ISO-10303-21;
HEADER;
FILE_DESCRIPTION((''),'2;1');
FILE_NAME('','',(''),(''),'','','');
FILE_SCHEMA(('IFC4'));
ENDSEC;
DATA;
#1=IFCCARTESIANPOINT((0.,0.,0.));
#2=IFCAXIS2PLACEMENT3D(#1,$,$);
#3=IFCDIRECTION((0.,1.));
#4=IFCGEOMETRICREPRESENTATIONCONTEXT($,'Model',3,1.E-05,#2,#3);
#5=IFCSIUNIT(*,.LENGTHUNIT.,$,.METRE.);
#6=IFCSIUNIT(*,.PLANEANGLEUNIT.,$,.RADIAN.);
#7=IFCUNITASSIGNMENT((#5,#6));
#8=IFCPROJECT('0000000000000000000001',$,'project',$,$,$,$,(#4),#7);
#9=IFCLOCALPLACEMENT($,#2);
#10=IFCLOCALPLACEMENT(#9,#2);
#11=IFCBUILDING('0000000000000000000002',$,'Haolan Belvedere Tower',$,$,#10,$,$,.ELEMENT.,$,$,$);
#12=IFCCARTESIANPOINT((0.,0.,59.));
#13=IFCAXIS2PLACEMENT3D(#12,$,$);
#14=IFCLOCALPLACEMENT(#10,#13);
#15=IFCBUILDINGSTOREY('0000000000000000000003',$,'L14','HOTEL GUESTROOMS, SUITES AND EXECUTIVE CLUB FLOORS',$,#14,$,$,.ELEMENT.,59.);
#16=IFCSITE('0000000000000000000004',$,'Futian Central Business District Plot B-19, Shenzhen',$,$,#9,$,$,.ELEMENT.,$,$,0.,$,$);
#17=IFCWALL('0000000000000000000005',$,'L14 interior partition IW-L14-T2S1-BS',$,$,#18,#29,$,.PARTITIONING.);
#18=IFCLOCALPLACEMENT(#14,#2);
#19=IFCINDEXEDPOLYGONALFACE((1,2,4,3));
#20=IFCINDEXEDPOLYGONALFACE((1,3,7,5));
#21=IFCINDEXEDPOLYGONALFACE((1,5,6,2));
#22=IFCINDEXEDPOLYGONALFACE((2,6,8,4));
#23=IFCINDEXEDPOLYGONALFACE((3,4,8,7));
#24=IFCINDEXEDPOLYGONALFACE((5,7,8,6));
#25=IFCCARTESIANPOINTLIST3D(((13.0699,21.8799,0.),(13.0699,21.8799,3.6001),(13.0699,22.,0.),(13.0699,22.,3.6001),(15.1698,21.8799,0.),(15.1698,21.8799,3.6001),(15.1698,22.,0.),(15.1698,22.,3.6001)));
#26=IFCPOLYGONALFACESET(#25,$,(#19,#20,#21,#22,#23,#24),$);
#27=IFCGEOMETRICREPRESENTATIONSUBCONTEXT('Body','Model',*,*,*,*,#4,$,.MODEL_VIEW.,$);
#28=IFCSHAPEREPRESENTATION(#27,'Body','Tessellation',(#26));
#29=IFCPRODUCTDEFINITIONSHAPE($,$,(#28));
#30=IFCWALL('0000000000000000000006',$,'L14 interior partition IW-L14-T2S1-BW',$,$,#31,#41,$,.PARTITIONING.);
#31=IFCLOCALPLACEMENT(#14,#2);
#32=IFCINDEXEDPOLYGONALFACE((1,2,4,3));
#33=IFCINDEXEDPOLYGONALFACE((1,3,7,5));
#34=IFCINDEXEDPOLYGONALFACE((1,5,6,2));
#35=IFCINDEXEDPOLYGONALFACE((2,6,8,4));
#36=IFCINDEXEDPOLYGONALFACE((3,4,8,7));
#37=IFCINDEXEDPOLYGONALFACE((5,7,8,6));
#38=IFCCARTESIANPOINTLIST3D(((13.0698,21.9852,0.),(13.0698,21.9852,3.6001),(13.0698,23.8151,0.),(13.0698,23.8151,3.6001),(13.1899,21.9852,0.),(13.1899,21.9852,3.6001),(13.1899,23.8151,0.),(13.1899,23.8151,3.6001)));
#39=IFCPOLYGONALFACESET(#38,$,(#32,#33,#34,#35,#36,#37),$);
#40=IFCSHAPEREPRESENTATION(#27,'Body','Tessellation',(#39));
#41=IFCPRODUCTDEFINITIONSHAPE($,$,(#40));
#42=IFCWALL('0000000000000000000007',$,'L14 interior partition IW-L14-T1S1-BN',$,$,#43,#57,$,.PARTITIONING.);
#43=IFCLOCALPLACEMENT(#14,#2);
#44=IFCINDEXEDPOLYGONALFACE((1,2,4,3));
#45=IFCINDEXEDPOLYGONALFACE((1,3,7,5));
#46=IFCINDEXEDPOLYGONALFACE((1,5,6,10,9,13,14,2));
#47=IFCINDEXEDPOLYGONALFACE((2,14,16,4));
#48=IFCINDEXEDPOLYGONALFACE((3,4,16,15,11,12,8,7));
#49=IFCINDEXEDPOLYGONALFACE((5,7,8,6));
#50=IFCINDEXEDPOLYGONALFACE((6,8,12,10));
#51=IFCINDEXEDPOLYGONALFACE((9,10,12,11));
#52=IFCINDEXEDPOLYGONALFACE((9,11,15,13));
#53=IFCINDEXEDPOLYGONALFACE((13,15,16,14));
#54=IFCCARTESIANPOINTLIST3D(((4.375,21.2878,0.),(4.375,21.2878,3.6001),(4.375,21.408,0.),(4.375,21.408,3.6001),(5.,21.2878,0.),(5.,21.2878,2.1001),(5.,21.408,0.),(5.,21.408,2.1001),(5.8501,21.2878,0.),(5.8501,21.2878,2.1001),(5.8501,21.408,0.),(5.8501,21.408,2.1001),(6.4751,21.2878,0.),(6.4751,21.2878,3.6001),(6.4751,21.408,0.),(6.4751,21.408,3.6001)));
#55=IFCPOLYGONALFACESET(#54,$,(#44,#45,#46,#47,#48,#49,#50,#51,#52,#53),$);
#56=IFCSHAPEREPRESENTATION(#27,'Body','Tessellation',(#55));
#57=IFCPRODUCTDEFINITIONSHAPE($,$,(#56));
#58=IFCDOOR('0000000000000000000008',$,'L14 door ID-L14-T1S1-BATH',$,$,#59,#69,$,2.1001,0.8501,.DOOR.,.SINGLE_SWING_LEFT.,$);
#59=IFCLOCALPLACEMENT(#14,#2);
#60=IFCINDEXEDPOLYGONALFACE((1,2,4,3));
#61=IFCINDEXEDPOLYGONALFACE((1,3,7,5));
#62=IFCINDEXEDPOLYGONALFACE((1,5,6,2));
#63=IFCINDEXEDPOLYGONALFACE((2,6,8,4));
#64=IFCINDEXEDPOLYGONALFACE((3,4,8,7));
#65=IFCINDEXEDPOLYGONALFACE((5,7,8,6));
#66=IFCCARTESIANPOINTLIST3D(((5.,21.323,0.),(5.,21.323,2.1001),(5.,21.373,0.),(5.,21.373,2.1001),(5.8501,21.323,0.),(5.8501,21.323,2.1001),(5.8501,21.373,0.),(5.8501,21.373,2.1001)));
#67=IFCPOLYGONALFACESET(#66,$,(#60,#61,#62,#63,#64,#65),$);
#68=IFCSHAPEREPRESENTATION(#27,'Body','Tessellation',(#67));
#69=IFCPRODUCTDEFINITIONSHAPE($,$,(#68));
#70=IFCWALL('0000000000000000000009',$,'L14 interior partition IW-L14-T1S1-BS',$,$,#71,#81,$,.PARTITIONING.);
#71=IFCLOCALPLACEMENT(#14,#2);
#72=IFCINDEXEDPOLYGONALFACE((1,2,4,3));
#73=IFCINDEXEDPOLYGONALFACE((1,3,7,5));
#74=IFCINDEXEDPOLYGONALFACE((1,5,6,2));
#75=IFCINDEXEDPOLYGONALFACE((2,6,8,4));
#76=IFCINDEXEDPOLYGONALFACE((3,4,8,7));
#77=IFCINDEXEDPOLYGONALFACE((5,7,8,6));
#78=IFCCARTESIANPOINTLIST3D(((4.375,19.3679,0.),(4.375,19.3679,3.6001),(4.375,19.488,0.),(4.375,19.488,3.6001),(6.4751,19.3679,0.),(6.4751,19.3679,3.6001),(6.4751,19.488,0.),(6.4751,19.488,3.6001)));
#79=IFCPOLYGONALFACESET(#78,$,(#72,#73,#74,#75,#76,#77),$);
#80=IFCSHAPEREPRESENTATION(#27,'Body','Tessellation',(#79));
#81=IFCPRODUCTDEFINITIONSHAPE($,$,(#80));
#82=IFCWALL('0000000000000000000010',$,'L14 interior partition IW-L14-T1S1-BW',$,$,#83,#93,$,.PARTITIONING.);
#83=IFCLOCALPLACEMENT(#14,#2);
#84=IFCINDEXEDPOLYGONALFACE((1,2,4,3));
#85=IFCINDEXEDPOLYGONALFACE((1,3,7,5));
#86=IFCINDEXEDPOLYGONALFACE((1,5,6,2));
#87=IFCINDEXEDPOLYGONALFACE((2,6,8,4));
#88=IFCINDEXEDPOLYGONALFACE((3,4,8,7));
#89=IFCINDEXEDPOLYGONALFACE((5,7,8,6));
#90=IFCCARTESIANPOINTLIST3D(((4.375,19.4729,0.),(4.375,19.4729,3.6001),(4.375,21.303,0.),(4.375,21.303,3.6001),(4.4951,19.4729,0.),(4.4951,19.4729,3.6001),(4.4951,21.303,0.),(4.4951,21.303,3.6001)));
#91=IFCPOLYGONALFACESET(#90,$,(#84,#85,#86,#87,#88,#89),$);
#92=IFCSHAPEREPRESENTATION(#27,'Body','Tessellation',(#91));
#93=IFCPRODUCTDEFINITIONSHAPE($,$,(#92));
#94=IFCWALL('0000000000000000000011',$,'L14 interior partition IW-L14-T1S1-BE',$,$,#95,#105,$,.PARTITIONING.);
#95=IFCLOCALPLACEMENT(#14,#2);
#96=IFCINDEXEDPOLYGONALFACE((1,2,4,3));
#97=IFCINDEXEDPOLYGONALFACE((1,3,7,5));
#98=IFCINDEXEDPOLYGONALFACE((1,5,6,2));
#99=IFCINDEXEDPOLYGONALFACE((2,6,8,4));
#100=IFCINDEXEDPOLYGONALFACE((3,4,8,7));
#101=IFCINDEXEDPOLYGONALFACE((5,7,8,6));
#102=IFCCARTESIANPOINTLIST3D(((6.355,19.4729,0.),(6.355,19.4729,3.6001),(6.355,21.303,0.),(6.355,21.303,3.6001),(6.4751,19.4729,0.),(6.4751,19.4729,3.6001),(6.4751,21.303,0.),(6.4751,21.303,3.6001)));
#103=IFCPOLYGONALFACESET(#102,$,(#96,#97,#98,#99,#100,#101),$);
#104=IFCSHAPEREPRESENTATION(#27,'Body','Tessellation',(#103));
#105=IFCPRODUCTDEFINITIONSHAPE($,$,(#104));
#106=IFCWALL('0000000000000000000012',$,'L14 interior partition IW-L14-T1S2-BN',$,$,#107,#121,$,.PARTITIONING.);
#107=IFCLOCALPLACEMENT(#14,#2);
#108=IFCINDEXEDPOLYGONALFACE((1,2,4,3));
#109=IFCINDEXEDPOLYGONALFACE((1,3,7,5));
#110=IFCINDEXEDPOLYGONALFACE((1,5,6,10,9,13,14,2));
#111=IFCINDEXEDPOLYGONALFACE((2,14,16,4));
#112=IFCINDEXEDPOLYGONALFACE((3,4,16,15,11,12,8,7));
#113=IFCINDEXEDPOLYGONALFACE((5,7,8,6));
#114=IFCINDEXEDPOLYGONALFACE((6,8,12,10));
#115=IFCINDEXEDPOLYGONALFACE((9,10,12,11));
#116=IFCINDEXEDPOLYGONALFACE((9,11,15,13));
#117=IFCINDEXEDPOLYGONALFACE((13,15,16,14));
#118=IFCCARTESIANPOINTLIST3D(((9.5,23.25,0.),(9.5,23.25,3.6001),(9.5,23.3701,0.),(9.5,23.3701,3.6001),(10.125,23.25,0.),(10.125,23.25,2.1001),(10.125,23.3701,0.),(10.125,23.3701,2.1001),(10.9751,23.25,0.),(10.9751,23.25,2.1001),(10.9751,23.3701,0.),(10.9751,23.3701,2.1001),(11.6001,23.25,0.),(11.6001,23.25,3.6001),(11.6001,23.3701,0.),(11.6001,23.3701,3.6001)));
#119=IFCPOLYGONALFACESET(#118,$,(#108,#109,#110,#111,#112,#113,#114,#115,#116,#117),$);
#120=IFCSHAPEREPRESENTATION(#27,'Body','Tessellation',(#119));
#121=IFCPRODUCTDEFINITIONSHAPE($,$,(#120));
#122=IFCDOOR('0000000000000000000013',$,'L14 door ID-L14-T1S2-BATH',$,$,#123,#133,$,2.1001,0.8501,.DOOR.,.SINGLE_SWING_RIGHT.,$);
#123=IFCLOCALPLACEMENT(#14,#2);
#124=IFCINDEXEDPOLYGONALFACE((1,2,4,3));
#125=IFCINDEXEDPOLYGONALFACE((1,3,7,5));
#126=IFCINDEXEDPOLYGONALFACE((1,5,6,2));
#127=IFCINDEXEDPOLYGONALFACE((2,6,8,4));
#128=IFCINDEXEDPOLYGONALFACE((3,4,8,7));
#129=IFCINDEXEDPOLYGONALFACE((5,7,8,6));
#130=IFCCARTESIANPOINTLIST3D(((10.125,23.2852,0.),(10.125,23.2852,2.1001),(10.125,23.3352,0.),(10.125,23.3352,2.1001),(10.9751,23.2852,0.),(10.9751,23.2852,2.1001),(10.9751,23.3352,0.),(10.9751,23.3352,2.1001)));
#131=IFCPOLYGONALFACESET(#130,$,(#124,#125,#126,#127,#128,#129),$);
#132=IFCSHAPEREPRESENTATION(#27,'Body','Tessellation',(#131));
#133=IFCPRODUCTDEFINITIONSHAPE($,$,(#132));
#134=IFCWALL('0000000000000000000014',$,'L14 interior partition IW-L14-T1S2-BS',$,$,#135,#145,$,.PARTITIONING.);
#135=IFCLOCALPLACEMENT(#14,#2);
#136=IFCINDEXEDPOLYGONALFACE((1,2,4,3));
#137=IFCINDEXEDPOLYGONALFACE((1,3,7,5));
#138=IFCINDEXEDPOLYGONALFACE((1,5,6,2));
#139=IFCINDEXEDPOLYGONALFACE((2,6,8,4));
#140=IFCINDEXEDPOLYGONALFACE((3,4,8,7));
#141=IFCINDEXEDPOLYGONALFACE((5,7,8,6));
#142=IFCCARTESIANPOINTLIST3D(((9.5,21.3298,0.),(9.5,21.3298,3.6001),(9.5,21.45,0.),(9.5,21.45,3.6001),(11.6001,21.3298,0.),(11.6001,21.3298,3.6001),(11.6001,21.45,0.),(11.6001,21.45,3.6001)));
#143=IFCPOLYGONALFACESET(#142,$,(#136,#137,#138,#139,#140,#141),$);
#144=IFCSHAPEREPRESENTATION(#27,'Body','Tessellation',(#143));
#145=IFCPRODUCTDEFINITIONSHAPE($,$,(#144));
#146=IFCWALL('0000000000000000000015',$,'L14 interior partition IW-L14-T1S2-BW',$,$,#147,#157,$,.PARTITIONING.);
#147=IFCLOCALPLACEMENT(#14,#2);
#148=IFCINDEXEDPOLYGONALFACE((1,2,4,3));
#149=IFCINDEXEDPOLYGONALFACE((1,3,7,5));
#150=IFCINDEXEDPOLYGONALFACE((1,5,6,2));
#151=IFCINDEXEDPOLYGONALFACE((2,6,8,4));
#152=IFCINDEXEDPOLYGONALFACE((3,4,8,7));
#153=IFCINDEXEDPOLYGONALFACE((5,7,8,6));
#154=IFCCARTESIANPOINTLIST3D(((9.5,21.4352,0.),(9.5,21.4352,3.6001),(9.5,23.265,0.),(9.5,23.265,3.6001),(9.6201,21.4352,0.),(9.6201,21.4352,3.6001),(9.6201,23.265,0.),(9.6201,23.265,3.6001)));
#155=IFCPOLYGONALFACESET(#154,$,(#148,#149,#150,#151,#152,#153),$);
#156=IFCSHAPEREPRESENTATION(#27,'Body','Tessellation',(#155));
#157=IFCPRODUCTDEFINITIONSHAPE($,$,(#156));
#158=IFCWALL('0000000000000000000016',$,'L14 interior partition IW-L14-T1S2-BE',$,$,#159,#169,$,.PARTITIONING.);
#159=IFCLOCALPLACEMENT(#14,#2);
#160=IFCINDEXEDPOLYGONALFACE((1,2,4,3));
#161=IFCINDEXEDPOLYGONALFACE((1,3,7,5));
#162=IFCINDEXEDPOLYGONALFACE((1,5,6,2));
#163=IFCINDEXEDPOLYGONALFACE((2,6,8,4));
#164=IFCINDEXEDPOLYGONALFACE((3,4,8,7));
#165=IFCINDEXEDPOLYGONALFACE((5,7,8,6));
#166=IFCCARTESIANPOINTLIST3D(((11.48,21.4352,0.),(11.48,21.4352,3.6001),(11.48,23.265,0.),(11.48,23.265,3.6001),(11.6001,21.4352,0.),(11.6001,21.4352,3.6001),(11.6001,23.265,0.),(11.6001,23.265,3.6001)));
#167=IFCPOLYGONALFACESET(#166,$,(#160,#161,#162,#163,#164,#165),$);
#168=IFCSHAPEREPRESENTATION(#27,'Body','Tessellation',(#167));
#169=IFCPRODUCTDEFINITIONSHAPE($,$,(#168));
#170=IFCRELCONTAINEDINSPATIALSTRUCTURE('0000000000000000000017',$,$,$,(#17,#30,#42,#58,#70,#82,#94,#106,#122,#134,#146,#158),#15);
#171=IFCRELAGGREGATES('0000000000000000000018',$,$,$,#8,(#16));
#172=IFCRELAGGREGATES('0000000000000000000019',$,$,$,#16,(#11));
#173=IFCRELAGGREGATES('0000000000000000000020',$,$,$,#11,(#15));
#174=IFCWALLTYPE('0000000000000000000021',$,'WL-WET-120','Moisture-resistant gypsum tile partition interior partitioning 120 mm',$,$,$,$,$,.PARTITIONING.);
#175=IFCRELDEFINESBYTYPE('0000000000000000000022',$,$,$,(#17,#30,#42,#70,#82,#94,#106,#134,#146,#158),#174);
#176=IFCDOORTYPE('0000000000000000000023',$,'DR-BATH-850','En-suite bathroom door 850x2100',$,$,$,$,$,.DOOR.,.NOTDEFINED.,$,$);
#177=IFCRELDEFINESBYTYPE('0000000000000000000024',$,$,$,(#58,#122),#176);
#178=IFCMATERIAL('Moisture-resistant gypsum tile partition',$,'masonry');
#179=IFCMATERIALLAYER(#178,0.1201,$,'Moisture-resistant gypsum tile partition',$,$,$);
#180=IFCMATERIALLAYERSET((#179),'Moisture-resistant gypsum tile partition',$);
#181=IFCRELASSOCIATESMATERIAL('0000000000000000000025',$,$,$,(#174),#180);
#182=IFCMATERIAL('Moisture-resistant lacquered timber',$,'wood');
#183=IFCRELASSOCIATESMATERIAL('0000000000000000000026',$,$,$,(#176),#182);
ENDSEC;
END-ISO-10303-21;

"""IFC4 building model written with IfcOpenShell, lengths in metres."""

from ifc_helpers import new_model, si_unit, direction, frame, frame_2d, origin, place, context, subcontext, project, spatial, rectangle, extrude, material, layer, layer_set, type_object, element, fill, save


model = new_model("IFC4")

# Units and contexts
model_context = context("Model", 3, precision=1e-05, world=origin(), true_north=direction((0.0, 1.0)))
body_context = subcontext(model_context, "Body", "Model", "MODEL_VIEW")
ifc_project = project(units=[si_unit("LENGTHUNIT", "METRE"), si_unit("PLANEANGLEUNIT", "RADIAN")], contexts=[model_context])

# Site, building, storey
site_placement = place(None, origin())
site = spatial("IfcSite", under=ifc_project, at=site_placement, Name="Futian Central Business District Plot B-19, Shenzhen", CompositionType="ELEMENT", RefElevation=0.0)
building_placement = place(site_placement, origin())
building = spatial("IfcBuilding", under=site, at=building_placement, Name="Haolan Belvedere Tower", CompositionType="ELEMENT")
storey_placement = place(building_placement, frame((0.0, 0.0, 59.0)))
storey = spatial("IfcBuildingStorey", under=building, at=storey_placement, Name="L14", Description="HOTEL GUESTROOMS, SUITES AND EXECUTIVE CLUB FLOORS", CompositionType="ELEMENT", Elevation=59.0)

# Shared definitions
ifc_material_1 = material(Name="Moisture-resistant gypsum tile partition", Category="masonry")
ifc_layer_1 = layer(ifc_material_1, 0.1201, Name="Moisture-resistant gypsum tile partition")
ifc_layer_set_1 = layer_set([ifc_layer_1], Name="Moisture-resistant gypsum tile partition")
wall_type_1 = type_object("IfcWallType", Name="WL-WET-120", Description="Moisture-resistant gypsum tile partition interior partitioning 120 mm", PredefinedType="PARTITIONING", material=ifc_layer_set_1)
ifc_material_2 = material(Name="Moisture-resistant lacquered timber", Category="wood")
door_type = type_object("IfcDoorType", Name="DR-BATH-850", Description="En-suite bathroom door 850x2100", OperationType="NOTDEFINED", PredefinedType="DOOR", material=ifc_material_2)

# Walls
wall_1_placement = place(storey_placement, frame((13.0701, 21.9399, 0.0), z_axis=(0.0, 0.0, 1.0), x_axis=(1.0, 0.0, 0.0)))
element("IfcWall", 1, at=wall_1_placement, inside=storey, type_object=wall_type_1, Name="L14 interior partition IW-L14-T2S1-BS", PredefinedType="PARTITIONING", context=body_context, shape_type="SweptSolid", body=[
    extrude(rectangle(XDim=2.0999, YDim=0.1201, at=frame_2d((1.0498, 0.0))), origin(), (0.0, 0.0, 1.0), 3.6001),
])
wall_2_placement = place(storey_placement, frame((13.1299, 21.9851, 0.0), z_axis=(0.0, 0.0, 1.0), x_axis=(0.0, 1.0, 0.0)))
element("IfcWall", 2, at=wall_2_placement, inside=storey, type_object=wall_type_1, Name="L14 interior partition IW-L14-T2S1-BW", PredefinedType="PARTITIONING", context=body_context, shape_type="SweptSolid", body=[
    extrude(rectangle(XDim=1.8298, YDim=0.1201, at=frame_2d((0.915, 0.0))), origin(), (0.0, 0.0, 1.0), 3.6001),
])

# Wall, opening, door
wall_3_placement = place(storey_placement, frame((4.375, 21.3479, 0.0), z_axis=(0.0, 0.0, 1.0), x_axis=(1.0, 0.0, 0.0)))
wall_3 = element("IfcWall", 3, at=wall_3_placement, inside=storey, type_object=wall_type_1, Name="L14 interior partition IW-L14-T1S1-BN", PredefinedType="PARTITIONING", context=body_context, shape_type="SweptSolid", body=[
    extrude(rectangle(XDim=2.1001, YDim=0.1201, at=frame_2d((1.05, 0.0))), origin(), (0.0, 0.0, 1.0), 3.6001),
])
opening_1_placement = place(wall_3_placement, frame((1.4751, 0.0, 0.0), z_axis=(0.0, 0.0, 1.0), x_axis=(-1.0, 0.0, 0.0)))
opening_1 = element("IfcOpeningElement", 4, at=opening_1_placement, cuts=wall_3, PredefinedType="OPENING", context=body_context, shape_type="SweptSolid", body=[
    extrude(rectangle(XDim=0.8501, YDim=2.1001, at=frame_2d((0.425, 1.05))), frame((0.0, 0.0701, 0.0), z_axis=(0.0, -1.0, 0.0), x_axis=(1.0, 0.0, 0.0)), (0.0, 0.0, 1.0), 0.1401),
])
door_1_placement = place(opening_1_placement, origin())
door_1 = element("IfcDoor", 5, at=door_1_placement, inside=storey, type_object=door_type, Name="L14 door ID-L14-T1S1-BATH", OperationType="SINGLE_SWING_LEFT", OverallHeight=2.1001, OverallWidth=0.8501, PredefinedType="DOOR", context=body_context, shape_type="SweptSolid", body=[
    extrude(rectangle(XDim=0.8501, YDim=2.1001, at=frame_2d((0.425, 1.05))), frame((0.0, 0.0249, 0.0), z_axis=(0.0, -1.0, 0.0), x_axis=(1.0, 0.0, 0.0)), (0.0, 0.0, 1.0), 0.05),
])
fill(opening_1, door_1)

# Walls
wall_4_placement = place(storey_placement, frame((4.375, 19.428, 0.0), z_axis=(0.0, 0.0, 1.0), x_axis=(1.0, 0.0, 0.0)))
element("IfcWall", 6, at=wall_4_placement, inside=storey, type_object=wall_type_1, Name="L14 interior partition IW-L14-T1S1-BS", PredefinedType="PARTITIONING", context=body_context, shape_type="SweptSolid", body=[
    extrude(rectangle(XDim=2.1001, YDim=0.1201, at=frame_2d((1.05, 0.0))), origin(), (0.0, 0.0, 1.0), 3.6001),
])
for number, where, z_axis, x_axis, name in (
    (7, (4.4351, 19.4729, 0.0), (0.0, 0.0, 1.0), (0.0, 1.0, 0.0), "L14 interior partition IW-L14-T1S1-BW"),
    (8, (6.415, 19.4729, 0.0), (0.0, 0.0, 1.0), (0.0, 1.0, 0.0), "L14 interior partition IW-L14-T1S1-BE"),
):
    element("IfcWall", number, at=place(storey_placement, frame(where, z_axis=z_axis, x_axis=x_axis)), inside=storey, type_object=wall_type_1, Name=name, PredefinedType="PARTITIONING", context=body_context, shape_type="SweptSolid", body=[
        extrude(rectangle(XDim=1.8301, YDim=0.1201, at=frame_2d((0.915, 0.0))), origin(), (0.0, 0.0, 1.0), 3.6001),
    ])

# Wall, opening, door
wall_5_placement = place(storey_placement, frame((9.5, 23.3101, 0.0), z_axis=(0.0, 0.0, 1.0), x_axis=(1.0, 0.0, 0.0)))
wall_5 = element("IfcWall", 9, at=wall_5_placement, inside=storey, type_object=wall_type_1, Name="L14 interior partition IW-L14-T1S2-BN", PredefinedType="PARTITIONING", context=body_context, shape_type="SweptSolid", body=[
    extrude(rectangle(XDim=2.1001, YDim=0.1201, at=frame_2d((1.05, 0.0))), origin(), (0.0, 0.0, 1.0), 3.6001),
])
opening_2_placement = place(wall_5_placement, frame((1.4751, 0.0, 0.0), z_axis=(0.0, 0.0, 1.0), x_axis=(-1.0, 0.0, 0.0)))
opening_2 = element("IfcOpeningElement", 10, at=opening_2_placement, cuts=wall_5, PredefinedType="OPENING", context=body_context, shape_type="SweptSolid", body=[
    extrude(rectangle(XDim=0.8501, YDim=2.1001, at=frame_2d((0.425, 1.05))), frame((0.0, 0.0701, 0.0), z_axis=(0.0, -1.0, 0.0), x_axis=(1.0, 0.0, 0.0)), (0.0, 0.0, 1.0), 0.1401),
])
door_2_placement = place(opening_2_placement, origin())
door_2 = element("IfcDoor", 11, at=door_2_placement, inside=storey, type_object=door_type, Name="L14 door ID-L14-T1S2-BATH", OperationType="SINGLE_SWING_RIGHT", OverallHeight=2.1001, OverallWidth=0.8501, PredefinedType="DOOR", context=body_context, shape_type="SweptSolid", body=[
    extrude(rectangle(XDim=0.8501, YDim=2.1001, at=frame_2d((0.425, 1.05))), frame((0.0, 0.0249, 0.0), z_axis=(0.0, -1.0, 0.0), x_axis=(1.0, 0.0, 0.0)), (0.0, 0.0, 1.0), 0.05),
])
fill(opening_2, door_2)

# Walls
wall_6_placement = place(storey_placement, frame((9.5, 21.3899, 0.0), z_axis=(0.0, 0.0, 1.0), x_axis=(1.0, 0.0, 0.0)))
element("IfcWall", 12, at=wall_6_placement, inside=storey, type_object=wall_type_1, Name="L14 interior partition IW-L14-T1S2-BS", PredefinedType="PARTITIONING", context=body_context, shape_type="SweptSolid", body=[
    extrude(rectangle(XDim=2.1001, YDim=0.1201, at=frame_2d((1.05, 0.0))), origin(), (0.0, 0.0, 1.0), 3.6001),
])
for number, where, z_axis, x_axis, name in (
    (13, (9.5601, 21.4351, 0.0), (0.0, 0.0, 1.0), (0.0, 1.0, 0.0), "L14 interior partition IW-L14-T1S2-BW"),
    (14, (11.54, 21.4351, 0.0), (0.0, 0.0, 1.0), (0.0, 1.0, 0.0), "L14 interior partition IW-L14-T1S2-BE"),
):
    element("IfcWall", number, at=place(storey_placement, frame(where, z_axis=z_axis, x_axis=x_axis)), inside=storey, type_object=wall_type_1, Name=name, PredefinedType="PARTITIONING", context=body_context, shape_type="SweptSolid", body=[
        extrude(rectangle(XDim=1.8298, YDim=0.1201, at=frame_2d((0.915, 0.0))), origin(), (0.0, 0.0, 1.0), 3.6001),
    ])

save(model, "model.ifc")
